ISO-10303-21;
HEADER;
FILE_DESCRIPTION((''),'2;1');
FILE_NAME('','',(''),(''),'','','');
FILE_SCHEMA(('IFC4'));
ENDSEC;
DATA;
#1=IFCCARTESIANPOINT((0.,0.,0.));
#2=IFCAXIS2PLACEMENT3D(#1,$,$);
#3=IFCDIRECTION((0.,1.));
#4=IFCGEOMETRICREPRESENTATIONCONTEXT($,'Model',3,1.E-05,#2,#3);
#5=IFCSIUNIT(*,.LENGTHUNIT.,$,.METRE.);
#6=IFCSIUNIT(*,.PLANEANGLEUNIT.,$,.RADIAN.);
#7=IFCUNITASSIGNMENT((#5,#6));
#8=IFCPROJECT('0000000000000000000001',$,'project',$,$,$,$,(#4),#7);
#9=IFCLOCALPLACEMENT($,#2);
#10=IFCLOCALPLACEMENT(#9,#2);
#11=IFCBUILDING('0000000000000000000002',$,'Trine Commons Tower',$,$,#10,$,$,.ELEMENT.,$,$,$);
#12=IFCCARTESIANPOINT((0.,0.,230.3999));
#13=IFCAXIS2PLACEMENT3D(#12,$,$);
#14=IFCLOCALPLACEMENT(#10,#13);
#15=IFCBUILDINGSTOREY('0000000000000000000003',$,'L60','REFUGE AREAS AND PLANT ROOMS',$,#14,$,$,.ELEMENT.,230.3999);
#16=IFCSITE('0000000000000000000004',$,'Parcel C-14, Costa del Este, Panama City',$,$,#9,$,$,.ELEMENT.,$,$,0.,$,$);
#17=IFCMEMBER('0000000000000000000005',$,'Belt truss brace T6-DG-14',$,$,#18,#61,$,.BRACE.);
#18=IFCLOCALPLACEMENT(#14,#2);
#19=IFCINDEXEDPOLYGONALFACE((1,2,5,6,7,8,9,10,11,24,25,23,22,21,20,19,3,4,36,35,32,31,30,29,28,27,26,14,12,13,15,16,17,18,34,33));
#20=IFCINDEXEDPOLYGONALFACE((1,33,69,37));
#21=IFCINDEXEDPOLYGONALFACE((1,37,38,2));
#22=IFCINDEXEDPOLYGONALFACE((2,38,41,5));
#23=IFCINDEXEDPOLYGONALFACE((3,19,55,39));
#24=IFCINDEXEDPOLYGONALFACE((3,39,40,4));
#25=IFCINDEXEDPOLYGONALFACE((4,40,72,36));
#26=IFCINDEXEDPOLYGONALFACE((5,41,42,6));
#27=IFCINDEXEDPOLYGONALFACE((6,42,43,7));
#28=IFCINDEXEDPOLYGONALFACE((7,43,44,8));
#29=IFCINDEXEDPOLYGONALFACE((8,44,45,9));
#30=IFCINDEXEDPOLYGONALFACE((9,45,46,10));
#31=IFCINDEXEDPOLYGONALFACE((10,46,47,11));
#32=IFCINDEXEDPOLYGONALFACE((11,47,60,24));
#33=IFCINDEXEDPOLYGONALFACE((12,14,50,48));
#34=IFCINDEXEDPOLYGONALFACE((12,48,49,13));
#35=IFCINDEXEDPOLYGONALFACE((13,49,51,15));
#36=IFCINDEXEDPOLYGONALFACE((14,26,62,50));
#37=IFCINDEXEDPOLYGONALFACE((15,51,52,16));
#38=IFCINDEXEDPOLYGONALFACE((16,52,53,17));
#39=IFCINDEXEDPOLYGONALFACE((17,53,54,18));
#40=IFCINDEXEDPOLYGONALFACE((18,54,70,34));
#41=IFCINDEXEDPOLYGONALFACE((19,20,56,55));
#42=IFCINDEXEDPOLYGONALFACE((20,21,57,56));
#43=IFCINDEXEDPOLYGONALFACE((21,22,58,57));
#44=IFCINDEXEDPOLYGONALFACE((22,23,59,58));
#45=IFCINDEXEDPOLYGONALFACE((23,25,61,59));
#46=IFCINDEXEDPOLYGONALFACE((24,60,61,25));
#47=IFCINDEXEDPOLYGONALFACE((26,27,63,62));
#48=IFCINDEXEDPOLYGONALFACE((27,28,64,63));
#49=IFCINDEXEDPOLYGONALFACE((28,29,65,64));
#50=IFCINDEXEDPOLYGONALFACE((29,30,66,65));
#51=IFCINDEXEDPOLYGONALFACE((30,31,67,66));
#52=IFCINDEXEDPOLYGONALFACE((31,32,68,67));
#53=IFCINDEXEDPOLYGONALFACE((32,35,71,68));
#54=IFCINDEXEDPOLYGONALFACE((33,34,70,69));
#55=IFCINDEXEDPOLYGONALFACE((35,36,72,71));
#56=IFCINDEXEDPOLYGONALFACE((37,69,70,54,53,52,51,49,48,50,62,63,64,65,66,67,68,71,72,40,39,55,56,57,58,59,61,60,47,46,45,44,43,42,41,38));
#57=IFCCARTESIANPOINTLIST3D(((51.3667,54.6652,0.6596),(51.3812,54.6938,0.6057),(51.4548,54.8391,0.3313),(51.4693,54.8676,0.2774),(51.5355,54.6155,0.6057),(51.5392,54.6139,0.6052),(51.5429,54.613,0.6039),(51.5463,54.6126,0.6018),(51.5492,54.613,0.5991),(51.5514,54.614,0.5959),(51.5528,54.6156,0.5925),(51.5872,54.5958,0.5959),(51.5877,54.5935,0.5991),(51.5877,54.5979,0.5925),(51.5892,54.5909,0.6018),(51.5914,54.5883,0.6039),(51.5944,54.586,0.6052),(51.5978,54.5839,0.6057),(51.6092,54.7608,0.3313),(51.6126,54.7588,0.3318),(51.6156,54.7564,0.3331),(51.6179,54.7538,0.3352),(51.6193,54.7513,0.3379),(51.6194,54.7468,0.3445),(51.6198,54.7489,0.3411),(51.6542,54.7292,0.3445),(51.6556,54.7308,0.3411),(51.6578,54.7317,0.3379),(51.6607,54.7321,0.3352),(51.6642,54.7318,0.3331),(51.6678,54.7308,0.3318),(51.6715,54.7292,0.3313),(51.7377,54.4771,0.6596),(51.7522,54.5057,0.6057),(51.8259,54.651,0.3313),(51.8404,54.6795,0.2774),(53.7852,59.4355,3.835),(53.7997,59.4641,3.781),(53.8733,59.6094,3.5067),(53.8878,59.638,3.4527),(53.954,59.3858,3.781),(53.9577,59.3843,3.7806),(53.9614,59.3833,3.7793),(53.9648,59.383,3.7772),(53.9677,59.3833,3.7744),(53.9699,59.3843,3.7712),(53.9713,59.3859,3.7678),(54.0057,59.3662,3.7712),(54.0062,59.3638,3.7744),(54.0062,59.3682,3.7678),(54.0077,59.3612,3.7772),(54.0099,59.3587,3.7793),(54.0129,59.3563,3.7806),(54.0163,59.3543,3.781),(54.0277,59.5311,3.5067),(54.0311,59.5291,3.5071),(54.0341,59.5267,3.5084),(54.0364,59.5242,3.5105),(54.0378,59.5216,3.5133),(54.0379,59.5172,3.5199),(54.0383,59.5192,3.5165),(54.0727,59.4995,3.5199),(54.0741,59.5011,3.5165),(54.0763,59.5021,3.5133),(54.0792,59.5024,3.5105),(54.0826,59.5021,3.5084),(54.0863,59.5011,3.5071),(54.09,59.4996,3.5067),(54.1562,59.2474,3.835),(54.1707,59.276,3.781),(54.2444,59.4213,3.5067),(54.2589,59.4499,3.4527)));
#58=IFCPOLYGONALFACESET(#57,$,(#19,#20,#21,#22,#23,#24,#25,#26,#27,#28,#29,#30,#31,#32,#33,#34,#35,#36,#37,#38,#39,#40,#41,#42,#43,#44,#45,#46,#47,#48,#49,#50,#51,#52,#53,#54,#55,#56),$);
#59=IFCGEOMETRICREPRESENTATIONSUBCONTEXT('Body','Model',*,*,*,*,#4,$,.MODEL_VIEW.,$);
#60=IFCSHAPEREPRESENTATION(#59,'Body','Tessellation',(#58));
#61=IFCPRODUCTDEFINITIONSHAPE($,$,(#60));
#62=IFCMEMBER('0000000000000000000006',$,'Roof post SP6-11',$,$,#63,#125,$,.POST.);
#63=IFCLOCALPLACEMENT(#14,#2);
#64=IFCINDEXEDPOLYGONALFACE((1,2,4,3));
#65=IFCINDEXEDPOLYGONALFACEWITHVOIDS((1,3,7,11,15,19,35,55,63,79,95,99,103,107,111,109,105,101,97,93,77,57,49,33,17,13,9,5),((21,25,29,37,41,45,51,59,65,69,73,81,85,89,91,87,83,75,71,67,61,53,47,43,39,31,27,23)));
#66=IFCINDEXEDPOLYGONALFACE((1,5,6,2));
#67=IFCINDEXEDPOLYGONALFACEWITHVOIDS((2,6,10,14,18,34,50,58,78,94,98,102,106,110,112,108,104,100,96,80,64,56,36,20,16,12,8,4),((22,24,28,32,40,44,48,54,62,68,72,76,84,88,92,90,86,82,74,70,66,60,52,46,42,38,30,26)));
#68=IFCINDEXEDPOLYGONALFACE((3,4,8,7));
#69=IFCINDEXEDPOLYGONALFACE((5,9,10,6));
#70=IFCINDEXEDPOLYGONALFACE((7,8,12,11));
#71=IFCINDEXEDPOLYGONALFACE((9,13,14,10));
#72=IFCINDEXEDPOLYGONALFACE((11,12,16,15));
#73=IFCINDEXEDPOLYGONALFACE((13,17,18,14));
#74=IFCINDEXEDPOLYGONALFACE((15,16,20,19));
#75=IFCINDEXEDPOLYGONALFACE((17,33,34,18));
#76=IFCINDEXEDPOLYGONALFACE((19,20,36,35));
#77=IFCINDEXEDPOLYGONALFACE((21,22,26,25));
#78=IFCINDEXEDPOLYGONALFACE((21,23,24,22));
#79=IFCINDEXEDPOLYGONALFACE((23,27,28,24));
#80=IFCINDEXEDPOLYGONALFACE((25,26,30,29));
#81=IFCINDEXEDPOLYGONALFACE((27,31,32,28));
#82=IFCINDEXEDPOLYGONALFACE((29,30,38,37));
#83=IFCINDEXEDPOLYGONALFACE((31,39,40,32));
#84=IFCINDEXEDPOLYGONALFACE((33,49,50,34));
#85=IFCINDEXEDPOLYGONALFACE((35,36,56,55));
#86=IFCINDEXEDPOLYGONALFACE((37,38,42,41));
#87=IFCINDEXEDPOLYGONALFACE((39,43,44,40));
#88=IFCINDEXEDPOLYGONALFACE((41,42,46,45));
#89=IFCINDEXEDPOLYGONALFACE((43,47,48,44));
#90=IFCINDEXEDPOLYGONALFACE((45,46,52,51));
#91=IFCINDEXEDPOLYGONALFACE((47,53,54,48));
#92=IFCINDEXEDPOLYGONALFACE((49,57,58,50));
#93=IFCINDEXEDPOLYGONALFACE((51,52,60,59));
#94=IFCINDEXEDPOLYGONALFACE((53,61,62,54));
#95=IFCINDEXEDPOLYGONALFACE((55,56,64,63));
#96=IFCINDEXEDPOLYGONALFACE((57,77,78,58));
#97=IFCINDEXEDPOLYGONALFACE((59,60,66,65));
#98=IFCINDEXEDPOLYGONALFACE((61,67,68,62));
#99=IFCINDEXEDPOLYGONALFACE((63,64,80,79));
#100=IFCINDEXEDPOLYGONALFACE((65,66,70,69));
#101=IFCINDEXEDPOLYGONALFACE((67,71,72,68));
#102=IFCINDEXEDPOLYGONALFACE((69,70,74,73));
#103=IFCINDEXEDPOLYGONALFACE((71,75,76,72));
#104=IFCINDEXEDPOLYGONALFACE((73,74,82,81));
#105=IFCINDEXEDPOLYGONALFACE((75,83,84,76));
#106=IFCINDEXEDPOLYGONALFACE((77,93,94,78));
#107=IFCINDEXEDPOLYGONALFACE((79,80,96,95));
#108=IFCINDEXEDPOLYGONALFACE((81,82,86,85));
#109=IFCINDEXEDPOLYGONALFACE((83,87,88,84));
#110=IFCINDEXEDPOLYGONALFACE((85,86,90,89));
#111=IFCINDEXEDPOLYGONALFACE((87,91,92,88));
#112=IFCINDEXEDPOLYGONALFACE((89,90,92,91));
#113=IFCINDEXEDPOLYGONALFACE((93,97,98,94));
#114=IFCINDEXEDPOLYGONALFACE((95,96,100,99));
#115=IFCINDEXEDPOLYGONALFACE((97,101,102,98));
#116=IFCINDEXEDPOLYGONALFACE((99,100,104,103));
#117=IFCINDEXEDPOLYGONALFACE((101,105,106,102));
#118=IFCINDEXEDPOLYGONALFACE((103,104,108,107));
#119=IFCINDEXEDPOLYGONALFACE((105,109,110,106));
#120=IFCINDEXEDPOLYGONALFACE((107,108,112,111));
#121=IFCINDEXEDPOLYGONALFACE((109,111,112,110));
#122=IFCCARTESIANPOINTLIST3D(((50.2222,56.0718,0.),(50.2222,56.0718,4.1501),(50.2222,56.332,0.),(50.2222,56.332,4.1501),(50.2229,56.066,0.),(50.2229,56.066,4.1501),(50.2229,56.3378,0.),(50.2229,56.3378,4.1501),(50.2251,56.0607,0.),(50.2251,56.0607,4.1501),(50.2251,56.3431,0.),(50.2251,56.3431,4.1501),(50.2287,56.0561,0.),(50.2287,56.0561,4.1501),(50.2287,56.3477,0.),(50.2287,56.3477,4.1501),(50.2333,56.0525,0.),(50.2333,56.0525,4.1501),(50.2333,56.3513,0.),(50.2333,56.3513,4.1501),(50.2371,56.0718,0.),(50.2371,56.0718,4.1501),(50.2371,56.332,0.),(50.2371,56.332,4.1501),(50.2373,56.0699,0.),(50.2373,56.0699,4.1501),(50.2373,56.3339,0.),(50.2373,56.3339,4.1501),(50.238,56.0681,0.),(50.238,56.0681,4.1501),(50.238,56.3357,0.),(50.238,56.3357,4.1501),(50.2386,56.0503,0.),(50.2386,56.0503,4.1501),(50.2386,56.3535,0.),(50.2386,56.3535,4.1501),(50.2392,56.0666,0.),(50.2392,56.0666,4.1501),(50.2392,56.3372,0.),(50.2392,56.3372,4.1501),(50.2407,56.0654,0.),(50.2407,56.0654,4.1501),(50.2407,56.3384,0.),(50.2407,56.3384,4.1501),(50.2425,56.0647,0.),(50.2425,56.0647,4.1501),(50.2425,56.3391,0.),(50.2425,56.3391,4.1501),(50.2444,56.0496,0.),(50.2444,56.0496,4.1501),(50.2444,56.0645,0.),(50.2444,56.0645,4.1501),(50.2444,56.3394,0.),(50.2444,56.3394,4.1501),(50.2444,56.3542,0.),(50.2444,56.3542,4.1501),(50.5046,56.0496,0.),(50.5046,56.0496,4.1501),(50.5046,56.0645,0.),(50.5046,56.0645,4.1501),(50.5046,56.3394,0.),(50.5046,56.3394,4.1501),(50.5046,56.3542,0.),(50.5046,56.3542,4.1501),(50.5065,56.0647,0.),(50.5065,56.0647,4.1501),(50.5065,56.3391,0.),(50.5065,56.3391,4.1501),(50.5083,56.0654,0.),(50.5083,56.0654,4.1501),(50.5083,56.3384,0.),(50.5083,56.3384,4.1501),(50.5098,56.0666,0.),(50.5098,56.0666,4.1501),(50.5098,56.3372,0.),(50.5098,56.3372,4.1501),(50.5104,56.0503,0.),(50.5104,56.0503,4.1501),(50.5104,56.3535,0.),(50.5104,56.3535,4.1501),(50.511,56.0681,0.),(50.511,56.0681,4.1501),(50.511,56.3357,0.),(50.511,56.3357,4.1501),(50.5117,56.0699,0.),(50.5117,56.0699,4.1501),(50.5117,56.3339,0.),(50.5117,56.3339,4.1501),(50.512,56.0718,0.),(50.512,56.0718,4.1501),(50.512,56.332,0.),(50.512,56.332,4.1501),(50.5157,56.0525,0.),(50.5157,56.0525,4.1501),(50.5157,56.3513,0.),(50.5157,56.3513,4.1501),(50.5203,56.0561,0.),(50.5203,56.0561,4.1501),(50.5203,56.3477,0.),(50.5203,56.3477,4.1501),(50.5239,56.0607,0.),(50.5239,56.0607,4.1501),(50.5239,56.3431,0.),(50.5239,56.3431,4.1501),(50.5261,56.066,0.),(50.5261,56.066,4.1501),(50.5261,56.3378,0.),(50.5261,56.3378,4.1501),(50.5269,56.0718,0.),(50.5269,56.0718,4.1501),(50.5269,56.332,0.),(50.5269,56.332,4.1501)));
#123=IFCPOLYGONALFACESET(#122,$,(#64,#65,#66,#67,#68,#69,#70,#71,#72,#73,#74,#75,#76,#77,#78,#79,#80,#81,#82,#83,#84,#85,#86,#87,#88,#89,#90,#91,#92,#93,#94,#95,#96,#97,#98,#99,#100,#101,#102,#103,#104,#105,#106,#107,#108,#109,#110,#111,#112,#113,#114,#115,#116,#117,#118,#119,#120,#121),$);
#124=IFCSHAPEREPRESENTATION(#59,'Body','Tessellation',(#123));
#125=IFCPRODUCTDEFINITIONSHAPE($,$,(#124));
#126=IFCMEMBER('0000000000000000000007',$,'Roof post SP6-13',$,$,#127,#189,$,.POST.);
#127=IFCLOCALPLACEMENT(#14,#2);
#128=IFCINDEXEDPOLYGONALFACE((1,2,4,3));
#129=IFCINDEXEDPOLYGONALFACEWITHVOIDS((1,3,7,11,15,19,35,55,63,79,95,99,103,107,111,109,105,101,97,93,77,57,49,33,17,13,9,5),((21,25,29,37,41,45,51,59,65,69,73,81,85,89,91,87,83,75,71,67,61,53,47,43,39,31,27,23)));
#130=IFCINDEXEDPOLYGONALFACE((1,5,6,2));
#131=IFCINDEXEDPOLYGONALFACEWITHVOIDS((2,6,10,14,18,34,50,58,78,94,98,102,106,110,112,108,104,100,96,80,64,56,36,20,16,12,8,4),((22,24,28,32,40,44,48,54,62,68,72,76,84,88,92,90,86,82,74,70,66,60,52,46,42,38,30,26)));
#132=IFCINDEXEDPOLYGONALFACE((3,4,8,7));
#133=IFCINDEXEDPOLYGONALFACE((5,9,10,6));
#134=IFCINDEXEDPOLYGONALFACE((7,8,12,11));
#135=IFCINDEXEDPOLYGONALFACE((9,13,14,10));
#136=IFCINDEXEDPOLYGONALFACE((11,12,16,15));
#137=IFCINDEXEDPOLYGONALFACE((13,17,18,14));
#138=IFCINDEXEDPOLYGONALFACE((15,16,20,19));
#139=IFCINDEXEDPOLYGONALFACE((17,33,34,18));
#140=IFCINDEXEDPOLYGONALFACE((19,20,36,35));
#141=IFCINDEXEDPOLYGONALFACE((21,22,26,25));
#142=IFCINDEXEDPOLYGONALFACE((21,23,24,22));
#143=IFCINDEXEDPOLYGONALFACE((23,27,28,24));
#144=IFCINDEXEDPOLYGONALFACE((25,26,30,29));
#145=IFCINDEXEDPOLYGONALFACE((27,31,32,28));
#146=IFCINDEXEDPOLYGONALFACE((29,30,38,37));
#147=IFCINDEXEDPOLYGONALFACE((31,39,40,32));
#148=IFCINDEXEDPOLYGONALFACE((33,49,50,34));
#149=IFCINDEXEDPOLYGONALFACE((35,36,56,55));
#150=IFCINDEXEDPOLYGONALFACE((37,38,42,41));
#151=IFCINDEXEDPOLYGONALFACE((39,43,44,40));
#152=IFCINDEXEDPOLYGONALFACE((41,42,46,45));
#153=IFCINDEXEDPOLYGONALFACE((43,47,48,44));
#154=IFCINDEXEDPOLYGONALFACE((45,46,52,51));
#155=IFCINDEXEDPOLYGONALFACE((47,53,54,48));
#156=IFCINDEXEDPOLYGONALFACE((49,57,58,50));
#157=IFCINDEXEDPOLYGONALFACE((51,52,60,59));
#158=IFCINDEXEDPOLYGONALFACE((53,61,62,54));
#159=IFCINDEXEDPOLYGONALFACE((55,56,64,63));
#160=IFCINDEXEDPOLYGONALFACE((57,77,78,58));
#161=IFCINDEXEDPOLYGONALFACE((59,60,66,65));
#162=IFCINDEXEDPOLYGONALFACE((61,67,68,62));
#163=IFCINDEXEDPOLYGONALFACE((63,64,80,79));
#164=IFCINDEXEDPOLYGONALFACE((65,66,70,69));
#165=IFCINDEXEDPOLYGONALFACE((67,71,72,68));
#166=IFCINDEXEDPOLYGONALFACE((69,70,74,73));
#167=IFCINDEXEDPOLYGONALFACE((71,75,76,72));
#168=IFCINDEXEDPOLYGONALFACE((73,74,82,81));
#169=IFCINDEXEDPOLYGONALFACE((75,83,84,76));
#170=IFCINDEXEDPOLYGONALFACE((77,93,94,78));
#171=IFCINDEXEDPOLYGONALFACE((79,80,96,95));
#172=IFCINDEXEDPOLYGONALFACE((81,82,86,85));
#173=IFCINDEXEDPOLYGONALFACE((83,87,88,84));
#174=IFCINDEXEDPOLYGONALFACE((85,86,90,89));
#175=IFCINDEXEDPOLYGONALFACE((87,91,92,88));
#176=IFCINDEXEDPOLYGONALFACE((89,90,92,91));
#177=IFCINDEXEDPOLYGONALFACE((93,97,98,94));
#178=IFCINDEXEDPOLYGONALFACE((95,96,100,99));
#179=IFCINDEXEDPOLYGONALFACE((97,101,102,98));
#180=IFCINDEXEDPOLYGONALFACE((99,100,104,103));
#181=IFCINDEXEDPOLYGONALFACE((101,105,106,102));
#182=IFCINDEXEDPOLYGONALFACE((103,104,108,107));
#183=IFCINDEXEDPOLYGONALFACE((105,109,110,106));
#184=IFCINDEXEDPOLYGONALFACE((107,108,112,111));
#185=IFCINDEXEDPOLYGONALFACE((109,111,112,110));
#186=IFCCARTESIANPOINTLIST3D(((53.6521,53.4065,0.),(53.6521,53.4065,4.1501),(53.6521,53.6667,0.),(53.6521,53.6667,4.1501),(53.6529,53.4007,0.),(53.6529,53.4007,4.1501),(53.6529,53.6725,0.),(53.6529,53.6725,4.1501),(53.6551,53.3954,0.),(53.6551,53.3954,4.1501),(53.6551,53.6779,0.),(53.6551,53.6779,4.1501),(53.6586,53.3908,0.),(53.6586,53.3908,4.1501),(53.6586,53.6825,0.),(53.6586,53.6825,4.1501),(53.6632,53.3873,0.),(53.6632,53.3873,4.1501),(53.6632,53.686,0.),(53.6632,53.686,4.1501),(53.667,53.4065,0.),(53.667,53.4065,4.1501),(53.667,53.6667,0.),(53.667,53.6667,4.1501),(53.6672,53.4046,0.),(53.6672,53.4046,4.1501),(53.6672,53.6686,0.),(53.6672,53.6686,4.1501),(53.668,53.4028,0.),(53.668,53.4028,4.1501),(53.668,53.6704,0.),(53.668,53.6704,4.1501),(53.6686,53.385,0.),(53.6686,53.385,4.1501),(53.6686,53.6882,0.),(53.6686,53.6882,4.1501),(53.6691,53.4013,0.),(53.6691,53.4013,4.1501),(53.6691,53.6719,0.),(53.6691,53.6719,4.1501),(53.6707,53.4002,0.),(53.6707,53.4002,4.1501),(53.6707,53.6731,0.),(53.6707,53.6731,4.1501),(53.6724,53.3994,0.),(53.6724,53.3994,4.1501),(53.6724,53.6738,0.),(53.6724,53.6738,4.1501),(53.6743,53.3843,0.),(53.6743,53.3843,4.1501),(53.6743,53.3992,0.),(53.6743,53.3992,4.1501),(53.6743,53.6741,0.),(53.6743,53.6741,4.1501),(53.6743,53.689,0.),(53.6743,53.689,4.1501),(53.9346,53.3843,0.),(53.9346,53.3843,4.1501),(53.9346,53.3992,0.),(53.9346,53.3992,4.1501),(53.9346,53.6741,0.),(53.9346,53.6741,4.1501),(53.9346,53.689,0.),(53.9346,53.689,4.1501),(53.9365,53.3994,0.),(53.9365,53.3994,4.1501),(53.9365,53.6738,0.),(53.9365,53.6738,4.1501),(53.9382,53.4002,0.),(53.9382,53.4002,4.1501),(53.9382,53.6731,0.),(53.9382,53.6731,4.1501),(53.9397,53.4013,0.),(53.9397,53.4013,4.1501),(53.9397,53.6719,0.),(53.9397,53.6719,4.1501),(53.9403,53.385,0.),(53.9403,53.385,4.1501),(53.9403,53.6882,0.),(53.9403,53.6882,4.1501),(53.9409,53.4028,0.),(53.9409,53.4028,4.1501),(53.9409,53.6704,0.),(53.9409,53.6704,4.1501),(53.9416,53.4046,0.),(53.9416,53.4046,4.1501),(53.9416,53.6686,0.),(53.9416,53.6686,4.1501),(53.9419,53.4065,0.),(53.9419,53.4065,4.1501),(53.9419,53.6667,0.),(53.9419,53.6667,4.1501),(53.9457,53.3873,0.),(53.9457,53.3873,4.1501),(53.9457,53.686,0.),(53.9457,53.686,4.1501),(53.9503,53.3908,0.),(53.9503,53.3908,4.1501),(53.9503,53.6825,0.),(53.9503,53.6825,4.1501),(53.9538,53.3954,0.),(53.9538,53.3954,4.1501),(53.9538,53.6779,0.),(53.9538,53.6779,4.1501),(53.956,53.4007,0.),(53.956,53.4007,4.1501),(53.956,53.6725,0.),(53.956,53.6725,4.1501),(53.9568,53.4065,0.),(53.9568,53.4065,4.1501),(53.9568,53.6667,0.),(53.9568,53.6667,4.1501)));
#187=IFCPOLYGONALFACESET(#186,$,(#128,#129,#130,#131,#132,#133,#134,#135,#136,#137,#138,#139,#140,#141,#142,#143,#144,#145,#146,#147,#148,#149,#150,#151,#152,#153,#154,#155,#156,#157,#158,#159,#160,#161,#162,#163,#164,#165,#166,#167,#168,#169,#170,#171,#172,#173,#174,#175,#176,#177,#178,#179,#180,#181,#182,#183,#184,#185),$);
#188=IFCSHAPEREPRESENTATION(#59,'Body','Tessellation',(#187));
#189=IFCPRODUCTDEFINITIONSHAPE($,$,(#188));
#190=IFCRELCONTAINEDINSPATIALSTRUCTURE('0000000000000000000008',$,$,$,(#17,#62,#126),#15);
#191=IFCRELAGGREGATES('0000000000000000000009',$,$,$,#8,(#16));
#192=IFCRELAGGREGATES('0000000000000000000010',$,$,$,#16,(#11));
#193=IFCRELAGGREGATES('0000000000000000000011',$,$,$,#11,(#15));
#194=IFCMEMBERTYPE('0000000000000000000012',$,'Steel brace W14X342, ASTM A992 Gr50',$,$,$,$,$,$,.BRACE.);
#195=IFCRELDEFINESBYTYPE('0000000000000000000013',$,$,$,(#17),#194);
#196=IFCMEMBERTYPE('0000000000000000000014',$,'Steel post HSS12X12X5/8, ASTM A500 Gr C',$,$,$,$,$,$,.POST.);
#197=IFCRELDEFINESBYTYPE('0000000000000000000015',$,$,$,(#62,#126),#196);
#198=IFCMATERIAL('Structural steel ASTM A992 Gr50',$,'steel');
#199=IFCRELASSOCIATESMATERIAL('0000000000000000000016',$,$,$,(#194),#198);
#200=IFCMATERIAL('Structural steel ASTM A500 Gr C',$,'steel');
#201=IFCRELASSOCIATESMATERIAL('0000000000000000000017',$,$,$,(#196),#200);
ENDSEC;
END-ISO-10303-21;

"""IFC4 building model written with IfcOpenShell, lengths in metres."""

from ifc_helpers import new_model, si_unit, direction, frame, origin, origin_2d, place, context, subcontext, project, spatial, hollow_rectangle, i_section, extrude, material, material_profile, profile_set, type_object, element, save


model = new_model("IFC4")

# Units and contexts
model_context = context("Model", 3, precision=1e-05, world=origin(), true_north=direction((0.0, 1.0)))
body_context = subcontext(model_context, "Body", "Model", "MODEL_VIEW")
ifc_project = project(units=[si_unit("LENGTHUNIT", "METRE"), si_unit("PLANEANGLEUNIT", "RADIAN")], contexts=[model_context])

# Site, building, storey
site_placement = place(None, origin())
site = spatial("IfcSite", under=ifc_project, at=site_placement, Name="Parcel C-14, Costa del Este, Panama City", CompositionType="ELEMENT", RefElevation=0.0)
building_placement = place(site_placement, origin())
building = spatial("IfcBuilding", under=site, at=building_placement, Name="Trine Commons Tower", CompositionType="ELEMENT")
storey_placement = place(building_placement, frame((0.0, 0.0, 230.3999)))
storey = spatial("IfcBuildingStorey", under=building, at=storey_placement, Name="L60", Description="REFUGE AREAS AND PLANT ROOMS", CompositionType="ELEMENT", Elevation=230.3999)

# Shared definitions
ifc_material_1 = material(Name="Structural steel ASTM A992 Gr50", Category="steel")

# Members
ifc_material_profile_1 = material_profile(ifc_material_1, i_section(OverallWidth=0.416, OverallDepth=0.4446, WebThickness=0.0391, FlangeThickness=0.0627, FilletRadius=0.0154, at=origin_2d()), Name="W14X342")
ifc_profile_set_1 = profile_set([ifc_material_profile_1], Name="Structural steel ASTM A992 Gr50")
member_type_1 = type_object("IfcMemberType", Name="Steel brace W14X342, ASTM A992 Gr50", PredefinedType="BRACE", material=ifc_profile_set_1)
member_1_placement = place(storey_placement, frame((51.6035, 54.6724, 0.4685), z_axis=(0.388827, 0.766939, 0.510508), x_axis=(-0.891921, 0.452191, 0.0)))
element("IfcMember", 1, at=member_1_placement, inside=storey, type_object=member_type_1, Name="Belt truss brace T6-DG-14", PredefinedType="BRACE", context=body_context, shape_type="SweptSolid", body=[
    extrude(i_section(OverallWidth=0.416, OverallDepth=0.4446, WebThickness=0.0391, FlangeThickness=0.0627, FilletRadius=0.0154, at=origin_2d()), origin(), (0.0, 0.0, 1.0), 6.22),
])
ifc_material_2 = material(Name="Structural steel ASTM A500 Gr C", Category="steel")
ifc_material_profile_2 = material_profile(ifc_material_2, hollow_rectangle(XDim=0.3047, YDim=0.3047, WallThickness=0.0149, InnerFilletRadius=0.0073, OuterFilletRadius=0.0222, at=origin_2d()), Name="HSS12X12X5/8")
ifc_profile_set_2 = profile_set([ifc_material_profile_2], Name="Structural steel ASTM A500 Gr C")
member_type_2 = type_object("IfcMemberType", Name="Steel post HSS12X12X5/8, ASTM A500 Gr C", PredefinedType="POST", material=ifc_profile_set_2)
for number, where, z_axis, x_axis, name in (
    (2, (50.3745, 56.2019, 0.0), (0.0, 0.0, 1.0), (1.0, 0.0, 0.0), "Roof post SP6-11"),
    (3, (53.8044, 53.5366, 0.0), (0.0, 0.0, 1.0), (1.0, 0.0, 0.0), "Roof post SP6-13"),
):
    element("IfcMember", number, at=place(storey_placement, frame(where, z_axis=z_axis, x_axis=x_axis)), inside=storey, type_object=member_type_2, Name=name, PredefinedType="POST", context=body_context, shape_type="SweptSolid", body=[
        extrude(hollow_rectangle(XDim=0.3047, YDim=0.3047, WallThickness=0.0149, InnerFilletRadius=0.0073, OuterFilletRadius=0.0222, at=origin_2d()), origin(), (0.0, 0.0, 1.0), 4.1501),
    ])

save(model, "model.ifc")
